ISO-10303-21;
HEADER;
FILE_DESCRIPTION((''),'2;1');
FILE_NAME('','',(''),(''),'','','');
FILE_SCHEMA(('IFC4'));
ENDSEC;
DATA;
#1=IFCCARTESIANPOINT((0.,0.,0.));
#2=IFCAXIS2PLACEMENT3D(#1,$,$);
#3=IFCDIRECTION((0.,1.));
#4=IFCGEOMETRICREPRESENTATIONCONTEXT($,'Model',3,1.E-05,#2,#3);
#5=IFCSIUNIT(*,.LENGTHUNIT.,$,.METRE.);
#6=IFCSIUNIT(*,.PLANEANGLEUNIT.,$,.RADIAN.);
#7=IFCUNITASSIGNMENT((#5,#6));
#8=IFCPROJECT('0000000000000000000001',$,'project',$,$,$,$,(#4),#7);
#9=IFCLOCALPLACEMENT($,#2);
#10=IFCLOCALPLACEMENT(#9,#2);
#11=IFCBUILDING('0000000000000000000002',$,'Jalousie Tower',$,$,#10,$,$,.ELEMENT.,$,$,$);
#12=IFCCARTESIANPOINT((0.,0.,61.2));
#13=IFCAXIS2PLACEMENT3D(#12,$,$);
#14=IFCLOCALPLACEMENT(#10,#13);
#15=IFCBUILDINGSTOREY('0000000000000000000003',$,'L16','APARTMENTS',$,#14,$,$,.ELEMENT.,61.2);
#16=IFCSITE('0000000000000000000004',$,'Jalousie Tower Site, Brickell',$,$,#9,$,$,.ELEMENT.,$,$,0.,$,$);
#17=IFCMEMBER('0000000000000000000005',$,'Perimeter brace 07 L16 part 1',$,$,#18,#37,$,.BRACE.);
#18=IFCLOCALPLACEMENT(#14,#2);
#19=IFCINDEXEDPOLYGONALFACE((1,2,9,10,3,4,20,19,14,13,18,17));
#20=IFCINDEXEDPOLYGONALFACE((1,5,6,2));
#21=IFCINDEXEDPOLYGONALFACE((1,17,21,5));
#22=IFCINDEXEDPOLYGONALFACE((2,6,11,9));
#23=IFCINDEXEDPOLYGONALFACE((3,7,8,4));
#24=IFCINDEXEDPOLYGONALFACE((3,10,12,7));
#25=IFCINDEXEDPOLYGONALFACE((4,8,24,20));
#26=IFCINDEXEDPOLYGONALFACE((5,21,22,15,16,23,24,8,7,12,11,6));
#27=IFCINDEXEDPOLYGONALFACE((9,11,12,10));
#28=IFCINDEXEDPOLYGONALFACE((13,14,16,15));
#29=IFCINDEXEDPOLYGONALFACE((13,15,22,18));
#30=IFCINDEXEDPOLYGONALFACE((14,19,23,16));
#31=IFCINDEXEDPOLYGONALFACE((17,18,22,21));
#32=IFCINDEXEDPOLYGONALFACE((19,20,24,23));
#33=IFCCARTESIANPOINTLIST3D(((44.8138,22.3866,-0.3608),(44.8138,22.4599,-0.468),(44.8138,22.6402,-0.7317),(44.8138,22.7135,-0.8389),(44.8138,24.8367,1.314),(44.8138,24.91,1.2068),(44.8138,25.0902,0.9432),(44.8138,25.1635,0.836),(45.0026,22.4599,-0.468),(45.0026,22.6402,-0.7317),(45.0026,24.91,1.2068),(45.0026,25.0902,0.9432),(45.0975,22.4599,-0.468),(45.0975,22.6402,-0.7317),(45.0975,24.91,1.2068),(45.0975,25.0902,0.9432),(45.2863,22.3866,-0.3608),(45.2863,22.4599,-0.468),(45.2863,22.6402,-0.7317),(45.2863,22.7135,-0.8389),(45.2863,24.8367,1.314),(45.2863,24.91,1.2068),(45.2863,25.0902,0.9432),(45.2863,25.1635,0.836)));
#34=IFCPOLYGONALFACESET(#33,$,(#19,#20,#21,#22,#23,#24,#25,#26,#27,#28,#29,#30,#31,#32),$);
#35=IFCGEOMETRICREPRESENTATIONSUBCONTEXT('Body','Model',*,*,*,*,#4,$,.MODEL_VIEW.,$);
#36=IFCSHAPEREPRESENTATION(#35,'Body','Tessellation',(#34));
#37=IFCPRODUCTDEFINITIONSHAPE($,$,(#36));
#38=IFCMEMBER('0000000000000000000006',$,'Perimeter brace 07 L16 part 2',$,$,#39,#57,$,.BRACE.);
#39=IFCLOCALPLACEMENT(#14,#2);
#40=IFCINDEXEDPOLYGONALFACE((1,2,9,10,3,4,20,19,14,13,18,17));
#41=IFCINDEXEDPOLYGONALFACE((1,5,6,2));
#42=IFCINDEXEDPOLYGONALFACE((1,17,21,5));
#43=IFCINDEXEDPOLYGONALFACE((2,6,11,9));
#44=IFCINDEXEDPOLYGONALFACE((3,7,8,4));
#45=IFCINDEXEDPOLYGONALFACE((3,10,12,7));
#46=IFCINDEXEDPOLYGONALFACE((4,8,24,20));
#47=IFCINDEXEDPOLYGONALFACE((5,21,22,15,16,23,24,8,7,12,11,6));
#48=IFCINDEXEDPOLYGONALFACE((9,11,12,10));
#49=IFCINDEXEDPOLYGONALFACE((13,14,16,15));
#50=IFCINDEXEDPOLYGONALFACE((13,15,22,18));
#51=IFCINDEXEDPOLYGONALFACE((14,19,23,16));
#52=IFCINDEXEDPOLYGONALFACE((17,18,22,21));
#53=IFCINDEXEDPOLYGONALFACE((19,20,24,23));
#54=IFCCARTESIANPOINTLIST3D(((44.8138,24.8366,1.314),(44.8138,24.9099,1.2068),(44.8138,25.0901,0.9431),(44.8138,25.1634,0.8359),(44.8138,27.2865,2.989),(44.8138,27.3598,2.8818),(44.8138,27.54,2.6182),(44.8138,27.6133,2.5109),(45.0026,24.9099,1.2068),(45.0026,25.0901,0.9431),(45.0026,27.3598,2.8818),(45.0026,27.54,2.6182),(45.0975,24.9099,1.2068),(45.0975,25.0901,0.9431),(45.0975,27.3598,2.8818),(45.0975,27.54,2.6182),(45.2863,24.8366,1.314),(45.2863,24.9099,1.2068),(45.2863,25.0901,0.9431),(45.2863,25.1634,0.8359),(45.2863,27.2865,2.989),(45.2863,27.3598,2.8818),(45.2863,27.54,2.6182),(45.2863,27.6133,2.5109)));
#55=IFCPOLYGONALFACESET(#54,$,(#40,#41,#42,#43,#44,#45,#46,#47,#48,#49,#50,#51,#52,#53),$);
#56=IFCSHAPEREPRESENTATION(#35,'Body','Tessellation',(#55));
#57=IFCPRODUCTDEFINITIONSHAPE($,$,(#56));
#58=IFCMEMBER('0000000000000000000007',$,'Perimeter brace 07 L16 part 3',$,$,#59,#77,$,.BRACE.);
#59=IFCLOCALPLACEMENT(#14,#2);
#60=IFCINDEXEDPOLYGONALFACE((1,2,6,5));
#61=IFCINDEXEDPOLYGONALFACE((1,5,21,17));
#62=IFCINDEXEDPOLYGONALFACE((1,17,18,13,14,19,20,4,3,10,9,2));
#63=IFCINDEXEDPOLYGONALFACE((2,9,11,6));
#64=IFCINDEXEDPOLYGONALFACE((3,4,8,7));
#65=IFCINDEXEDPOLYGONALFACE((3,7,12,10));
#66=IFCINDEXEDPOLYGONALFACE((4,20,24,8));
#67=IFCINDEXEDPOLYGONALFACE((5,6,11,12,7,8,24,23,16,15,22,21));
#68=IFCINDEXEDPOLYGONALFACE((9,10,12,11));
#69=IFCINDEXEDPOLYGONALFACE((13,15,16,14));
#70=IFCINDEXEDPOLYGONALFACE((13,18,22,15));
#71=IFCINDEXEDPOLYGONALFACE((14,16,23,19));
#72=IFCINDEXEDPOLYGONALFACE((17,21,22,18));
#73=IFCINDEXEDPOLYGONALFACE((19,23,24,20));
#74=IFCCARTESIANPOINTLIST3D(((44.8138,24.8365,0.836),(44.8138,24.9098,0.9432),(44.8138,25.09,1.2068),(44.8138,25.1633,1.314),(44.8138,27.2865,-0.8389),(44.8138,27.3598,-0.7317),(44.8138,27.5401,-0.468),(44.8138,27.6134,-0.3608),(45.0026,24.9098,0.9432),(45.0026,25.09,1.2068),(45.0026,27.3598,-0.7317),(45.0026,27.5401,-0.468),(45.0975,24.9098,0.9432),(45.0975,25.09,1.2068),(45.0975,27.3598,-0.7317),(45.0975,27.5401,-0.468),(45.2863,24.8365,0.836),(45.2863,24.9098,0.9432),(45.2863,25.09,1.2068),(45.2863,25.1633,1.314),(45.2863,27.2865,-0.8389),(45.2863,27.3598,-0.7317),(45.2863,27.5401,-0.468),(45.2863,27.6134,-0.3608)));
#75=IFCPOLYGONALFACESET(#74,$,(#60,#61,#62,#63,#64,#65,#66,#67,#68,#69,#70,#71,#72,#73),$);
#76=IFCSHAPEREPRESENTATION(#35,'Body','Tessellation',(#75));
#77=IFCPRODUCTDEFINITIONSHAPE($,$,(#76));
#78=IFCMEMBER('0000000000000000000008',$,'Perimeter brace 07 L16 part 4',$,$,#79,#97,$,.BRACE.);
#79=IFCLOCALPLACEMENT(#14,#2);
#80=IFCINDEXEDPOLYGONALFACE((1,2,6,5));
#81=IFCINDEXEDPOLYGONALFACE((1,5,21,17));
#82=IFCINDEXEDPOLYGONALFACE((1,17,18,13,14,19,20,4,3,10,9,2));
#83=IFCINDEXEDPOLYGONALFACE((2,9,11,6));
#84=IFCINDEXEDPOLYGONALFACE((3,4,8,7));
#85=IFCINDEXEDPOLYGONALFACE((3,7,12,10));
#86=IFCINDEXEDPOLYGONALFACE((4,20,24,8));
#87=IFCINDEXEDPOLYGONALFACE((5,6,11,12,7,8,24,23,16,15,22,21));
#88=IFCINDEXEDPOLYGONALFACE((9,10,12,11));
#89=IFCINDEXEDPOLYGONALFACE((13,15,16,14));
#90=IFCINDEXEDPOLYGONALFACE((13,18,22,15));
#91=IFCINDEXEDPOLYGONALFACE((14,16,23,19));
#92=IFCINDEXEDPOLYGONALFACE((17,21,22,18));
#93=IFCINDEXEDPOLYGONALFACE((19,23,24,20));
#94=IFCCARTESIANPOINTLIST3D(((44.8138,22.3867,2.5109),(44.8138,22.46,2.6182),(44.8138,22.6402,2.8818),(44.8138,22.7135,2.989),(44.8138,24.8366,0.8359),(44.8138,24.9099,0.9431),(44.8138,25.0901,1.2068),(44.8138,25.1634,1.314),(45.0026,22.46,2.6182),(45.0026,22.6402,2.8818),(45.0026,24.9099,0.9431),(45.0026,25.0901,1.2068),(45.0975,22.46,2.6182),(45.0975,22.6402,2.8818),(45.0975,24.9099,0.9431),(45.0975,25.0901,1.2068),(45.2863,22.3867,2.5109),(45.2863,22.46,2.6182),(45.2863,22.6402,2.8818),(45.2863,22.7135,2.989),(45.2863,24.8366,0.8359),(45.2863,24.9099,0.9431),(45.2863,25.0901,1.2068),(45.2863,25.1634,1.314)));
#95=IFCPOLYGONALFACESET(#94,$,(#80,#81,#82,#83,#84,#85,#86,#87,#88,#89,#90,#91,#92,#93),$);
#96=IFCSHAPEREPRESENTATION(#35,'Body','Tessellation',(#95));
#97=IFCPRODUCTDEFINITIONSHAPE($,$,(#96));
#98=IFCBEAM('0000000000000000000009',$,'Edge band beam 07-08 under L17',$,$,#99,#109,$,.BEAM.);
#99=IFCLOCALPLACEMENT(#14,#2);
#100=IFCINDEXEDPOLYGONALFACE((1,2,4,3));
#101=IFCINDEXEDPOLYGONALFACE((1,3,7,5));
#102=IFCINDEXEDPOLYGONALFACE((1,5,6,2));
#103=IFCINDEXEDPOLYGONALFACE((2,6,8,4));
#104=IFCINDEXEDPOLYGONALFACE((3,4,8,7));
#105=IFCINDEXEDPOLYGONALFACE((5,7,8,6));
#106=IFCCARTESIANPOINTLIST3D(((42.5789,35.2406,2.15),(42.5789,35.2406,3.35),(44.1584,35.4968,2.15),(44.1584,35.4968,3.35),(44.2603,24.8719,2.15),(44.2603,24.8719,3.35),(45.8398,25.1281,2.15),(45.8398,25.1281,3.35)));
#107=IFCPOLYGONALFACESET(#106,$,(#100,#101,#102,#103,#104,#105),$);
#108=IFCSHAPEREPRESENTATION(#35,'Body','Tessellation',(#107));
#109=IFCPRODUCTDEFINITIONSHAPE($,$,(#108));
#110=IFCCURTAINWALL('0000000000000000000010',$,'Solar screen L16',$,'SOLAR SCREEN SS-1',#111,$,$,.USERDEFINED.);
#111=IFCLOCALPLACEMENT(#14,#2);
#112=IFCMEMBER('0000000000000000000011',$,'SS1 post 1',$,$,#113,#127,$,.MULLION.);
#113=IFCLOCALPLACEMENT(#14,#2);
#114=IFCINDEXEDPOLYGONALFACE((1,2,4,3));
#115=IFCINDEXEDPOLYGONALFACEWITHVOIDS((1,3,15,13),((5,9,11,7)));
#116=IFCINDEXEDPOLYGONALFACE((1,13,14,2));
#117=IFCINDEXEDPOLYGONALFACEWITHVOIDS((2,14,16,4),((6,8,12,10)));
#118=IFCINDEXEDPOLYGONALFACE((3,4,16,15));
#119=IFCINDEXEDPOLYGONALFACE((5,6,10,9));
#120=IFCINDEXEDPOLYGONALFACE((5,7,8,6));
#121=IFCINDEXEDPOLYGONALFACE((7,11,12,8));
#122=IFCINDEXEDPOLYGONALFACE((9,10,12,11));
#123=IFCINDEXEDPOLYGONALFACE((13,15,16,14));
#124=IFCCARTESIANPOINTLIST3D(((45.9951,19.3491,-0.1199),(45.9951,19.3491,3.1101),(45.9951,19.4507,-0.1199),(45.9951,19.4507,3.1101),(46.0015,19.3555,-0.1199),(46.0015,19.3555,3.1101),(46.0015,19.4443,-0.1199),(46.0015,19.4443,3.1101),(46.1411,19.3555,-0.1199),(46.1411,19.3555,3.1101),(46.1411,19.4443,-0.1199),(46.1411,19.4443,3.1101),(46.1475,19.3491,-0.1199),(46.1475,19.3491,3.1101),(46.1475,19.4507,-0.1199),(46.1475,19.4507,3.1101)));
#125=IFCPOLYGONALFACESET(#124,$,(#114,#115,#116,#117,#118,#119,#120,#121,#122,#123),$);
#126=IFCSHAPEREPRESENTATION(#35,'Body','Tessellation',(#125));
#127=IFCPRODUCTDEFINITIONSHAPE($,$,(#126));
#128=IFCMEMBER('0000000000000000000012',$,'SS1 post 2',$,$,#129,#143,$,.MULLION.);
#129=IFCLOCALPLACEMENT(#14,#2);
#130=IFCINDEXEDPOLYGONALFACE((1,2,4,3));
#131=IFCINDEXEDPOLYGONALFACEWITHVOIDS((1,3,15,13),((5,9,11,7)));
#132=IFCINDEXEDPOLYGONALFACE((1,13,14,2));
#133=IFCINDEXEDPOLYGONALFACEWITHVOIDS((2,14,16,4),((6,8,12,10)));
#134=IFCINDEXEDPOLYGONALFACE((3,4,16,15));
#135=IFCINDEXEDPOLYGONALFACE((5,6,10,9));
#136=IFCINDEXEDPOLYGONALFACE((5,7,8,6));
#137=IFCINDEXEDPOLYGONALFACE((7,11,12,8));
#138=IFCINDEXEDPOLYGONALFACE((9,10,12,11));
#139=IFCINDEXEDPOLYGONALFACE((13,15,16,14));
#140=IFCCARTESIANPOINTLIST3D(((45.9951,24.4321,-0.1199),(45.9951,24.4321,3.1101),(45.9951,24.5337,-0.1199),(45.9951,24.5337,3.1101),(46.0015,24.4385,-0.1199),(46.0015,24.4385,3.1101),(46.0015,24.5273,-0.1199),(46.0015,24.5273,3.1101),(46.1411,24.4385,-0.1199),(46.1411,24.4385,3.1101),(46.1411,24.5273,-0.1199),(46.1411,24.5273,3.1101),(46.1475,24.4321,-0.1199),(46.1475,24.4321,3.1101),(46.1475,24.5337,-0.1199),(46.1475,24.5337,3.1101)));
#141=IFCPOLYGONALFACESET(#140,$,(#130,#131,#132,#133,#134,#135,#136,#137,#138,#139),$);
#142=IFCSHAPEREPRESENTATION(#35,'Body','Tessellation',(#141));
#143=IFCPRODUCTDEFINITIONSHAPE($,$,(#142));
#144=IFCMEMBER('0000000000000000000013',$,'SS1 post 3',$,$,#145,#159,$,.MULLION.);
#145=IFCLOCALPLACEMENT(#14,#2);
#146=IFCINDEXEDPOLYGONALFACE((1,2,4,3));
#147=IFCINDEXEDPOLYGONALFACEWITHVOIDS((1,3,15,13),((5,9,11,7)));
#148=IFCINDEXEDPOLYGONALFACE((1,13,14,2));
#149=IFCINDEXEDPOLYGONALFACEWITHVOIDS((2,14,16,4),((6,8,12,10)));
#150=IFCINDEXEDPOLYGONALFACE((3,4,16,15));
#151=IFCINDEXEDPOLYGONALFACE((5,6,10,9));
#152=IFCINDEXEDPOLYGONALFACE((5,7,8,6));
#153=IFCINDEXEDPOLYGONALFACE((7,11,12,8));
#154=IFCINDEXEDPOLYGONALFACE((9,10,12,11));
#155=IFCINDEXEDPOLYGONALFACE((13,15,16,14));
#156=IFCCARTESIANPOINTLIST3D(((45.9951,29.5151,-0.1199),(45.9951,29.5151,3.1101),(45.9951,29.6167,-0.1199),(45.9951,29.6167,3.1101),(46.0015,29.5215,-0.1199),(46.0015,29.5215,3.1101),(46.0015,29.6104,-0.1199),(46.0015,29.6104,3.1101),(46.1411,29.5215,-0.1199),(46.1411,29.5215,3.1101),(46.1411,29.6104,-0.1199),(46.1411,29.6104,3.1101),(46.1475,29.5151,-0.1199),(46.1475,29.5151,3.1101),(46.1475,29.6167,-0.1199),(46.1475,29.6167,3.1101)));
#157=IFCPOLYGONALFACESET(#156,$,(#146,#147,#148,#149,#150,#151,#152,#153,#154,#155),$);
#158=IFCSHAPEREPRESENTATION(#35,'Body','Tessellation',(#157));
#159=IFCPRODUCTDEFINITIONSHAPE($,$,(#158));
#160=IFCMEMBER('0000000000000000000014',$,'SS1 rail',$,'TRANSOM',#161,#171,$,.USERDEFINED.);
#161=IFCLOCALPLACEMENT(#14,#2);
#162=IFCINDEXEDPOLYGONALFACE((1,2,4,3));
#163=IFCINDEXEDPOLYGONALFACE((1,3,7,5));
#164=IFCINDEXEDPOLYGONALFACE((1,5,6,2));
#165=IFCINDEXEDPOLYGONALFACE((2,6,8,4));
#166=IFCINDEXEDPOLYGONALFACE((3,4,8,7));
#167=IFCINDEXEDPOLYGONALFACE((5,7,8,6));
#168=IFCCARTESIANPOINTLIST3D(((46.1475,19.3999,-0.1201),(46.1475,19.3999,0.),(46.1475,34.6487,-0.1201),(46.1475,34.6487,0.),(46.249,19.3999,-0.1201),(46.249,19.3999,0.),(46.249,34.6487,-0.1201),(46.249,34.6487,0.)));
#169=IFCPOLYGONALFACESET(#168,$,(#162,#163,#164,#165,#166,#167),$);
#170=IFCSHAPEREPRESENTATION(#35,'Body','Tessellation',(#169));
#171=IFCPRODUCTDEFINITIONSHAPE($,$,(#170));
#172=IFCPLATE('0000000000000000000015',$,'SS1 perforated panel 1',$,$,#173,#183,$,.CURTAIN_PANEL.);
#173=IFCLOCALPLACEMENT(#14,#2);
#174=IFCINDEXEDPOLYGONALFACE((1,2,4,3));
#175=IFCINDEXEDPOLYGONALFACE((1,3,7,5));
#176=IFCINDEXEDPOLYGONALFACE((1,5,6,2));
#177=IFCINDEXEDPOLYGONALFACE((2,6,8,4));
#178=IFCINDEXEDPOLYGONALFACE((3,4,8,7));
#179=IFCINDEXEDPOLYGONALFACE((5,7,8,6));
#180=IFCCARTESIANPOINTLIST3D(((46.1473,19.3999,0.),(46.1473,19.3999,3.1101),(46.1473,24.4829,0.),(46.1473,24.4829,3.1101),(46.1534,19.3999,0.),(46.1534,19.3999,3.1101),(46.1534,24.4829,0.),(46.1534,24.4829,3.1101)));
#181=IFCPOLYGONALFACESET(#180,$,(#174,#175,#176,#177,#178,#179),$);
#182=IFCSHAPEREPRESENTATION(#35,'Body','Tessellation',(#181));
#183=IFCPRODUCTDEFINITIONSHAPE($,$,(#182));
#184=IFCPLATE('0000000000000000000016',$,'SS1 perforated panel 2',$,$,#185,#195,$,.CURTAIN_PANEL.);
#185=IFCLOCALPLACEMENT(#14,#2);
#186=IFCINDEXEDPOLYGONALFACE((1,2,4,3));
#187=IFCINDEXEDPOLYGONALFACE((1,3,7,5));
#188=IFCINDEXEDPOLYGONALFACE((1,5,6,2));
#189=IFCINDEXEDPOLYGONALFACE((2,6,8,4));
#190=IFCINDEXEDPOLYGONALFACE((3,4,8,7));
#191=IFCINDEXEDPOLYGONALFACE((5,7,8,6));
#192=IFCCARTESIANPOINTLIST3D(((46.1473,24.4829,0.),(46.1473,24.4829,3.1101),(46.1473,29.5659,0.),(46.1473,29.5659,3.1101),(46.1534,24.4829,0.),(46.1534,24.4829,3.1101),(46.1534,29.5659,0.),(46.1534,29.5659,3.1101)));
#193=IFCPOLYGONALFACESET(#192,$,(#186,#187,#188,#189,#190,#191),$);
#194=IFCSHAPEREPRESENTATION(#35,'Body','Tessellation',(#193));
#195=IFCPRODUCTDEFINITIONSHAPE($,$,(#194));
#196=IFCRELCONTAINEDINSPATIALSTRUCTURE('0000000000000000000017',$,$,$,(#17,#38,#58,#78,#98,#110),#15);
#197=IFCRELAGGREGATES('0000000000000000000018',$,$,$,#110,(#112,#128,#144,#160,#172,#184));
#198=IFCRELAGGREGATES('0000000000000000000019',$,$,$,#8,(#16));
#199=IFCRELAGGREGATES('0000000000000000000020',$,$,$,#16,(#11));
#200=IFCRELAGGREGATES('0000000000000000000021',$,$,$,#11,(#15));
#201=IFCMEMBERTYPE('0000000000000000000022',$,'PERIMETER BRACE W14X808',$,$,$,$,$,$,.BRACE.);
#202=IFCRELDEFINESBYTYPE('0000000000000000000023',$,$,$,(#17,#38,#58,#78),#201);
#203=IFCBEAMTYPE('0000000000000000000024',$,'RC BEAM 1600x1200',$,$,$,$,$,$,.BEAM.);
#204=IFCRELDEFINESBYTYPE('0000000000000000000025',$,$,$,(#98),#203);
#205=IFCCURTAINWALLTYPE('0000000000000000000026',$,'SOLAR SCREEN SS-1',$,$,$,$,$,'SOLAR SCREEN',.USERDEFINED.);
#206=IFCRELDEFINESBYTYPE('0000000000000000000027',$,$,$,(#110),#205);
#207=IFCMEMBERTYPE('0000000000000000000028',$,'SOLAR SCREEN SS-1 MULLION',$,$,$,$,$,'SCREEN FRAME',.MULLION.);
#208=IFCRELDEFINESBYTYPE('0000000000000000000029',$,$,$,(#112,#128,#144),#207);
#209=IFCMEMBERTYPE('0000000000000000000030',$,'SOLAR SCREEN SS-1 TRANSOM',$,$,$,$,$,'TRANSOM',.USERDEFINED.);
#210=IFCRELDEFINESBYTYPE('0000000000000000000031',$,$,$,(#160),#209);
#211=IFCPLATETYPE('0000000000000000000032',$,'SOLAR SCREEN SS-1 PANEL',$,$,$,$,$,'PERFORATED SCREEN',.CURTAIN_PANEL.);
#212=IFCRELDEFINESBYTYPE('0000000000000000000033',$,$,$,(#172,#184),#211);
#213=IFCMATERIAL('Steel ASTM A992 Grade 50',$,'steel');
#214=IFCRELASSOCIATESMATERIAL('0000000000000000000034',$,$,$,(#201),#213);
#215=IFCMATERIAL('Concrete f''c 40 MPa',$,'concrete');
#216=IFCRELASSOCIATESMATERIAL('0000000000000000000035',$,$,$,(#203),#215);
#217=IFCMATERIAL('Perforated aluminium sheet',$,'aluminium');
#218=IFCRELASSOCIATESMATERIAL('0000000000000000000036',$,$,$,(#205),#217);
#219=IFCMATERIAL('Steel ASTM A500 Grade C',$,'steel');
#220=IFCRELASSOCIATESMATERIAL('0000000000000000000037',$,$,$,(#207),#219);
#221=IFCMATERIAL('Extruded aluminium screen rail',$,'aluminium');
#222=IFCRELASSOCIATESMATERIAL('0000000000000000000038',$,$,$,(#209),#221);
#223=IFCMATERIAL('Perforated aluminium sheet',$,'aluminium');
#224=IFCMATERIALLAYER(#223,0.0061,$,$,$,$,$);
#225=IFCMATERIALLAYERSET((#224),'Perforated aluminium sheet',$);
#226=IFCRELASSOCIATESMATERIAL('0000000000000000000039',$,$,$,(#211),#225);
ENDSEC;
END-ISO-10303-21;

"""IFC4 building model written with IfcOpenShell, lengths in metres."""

from ifc_helpers import new_model, si_unit, direction, frame, origin, origin_2d, place, context, subcontext, project, spatial, rectangle, hollow_rectangle, i_section, extrude, material, layer, layer_set, material_profile, profile_set, type_object, element, aggregate, save


model = new_model("IFC4")

# Units and contexts
model_context = context("Model", 3, precision=1e-05, world=origin(), true_north=direction((0.0, 1.0)))
body_context = subcontext(model_context, "Body", "Model", "MODEL_VIEW")
ifc_project = project(units=[si_unit("LENGTHUNIT", "METRE"), si_unit("PLANEANGLEUNIT", "RADIAN")], contexts=[model_context])

# Site, building, storey
site_placement = place(None, origin())
site = spatial("IfcSite", under=ifc_project, at=site_placement, Name="Jalousie Tower Site, Brickell", CompositionType="ELEMENT", RefElevation=0.0)
building_placement = place(site_placement, origin())
building = spatial("IfcBuilding", under=site, at=building_placement, Name="Jalousie Tower", CompositionType="ELEMENT")
storey_placement = place(building_placement, frame((0.0, 0.0, 61.2)))
storey = spatial("IfcBuildingStorey", under=building, at=storey_placement, Name="L16", Description="APARTMENTS", CompositionType="ELEMENT", Elevation=61.2)

# Members
ifc_material_1 = material(Name="Steel ASTM A992 Grade 50", Category="steel")
ifc_material_profile_1 = material_profile(ifc_material_1, i_section(OverallWidth=0.4724, OverallDepth=0.5791, WebThickness=0.095, FlangeThickness=0.1299, at=origin_2d()), Name="W14X808")
ifc_profile_set_1 = profile_set([ifc_material_profile_1], Name="Steel ASTM A992 Grade 50")
member_type_1 = type_object("IfcMemberType", Name="PERIMETER BRACE W14X808", PredefinedType="BRACE", material=ifc_profile_set_1)
for number, where, z_axis, x_axis, name in (
    (1, (45.05, 22.55, -0.5999), (0.0, 0.825539, 0.564345), (-1.0, 0.0, 0.0), "Perimeter brace 07 L16 part 1"),
    (2, (45.05, 25.0, 1.075), (0.0, 0.825501, 0.564401), (-1.0, 0.0, 0.0), "Perimeter brace 07 L16 part 2"),
    (3, (45.05, 27.45, -0.5999), (0.0, -0.825539, 0.564345), (1.0, 0.0, 0.0), "Perimeter brace 07 L16 part 3"),
    (4, (45.05, 25.0, 1.075), (0.0, -0.825501, 0.564401), (1.0, 0.0, 0.0), "Perimeter brace 07 L16 part 4"),
):
    element("IfcMember", number, at=place(storey_placement, frame(where, z_axis=z_axis, x_axis=x_axis)), inside=storey, type_object=member_type_1, Name=name, PredefinedType="BRACE", context=body_context, shape_type="SweptSolid", body=[
        extrude(i_section(OverallWidth=0.4724, OverallDepth=0.5791, WebThickness=0.095, FlangeThickness=0.1299, at=origin_2d()), origin(), (0.0, 0.0, 1.0), 2.9678),
    ])

# Beam
ifc_material_2 = material(Name="Concrete f'c 40 MPa", Category="concrete")
ifc_material_profile_2 = material_profile(ifc_material_2, rectangle(XDim=1.6001, YDim=1.2, at=origin_2d()), Name="RC 1600x1200")
ifc_profile_set_2 = profile_set([ifc_material_profile_2], Name="Concrete f'c 40 MPa")
beam_type = type_object("IfcBeamType", Name="RC BEAM 1600x1200", PredefinedType="BEAM", material=ifc_profile_set_2)
beam_placement = place(storey_placement, frame((45.05, 25.0, 2.75), z_axis=(-0.160071, 0.987106, 0.0), x_axis=(-0.987106, -0.160071, 0.0)))
element("IfcBeam", 5, at=beam_placement, inside=storey, type_object=beam_type, Name="Edge band beam 07-08 under L17", PredefinedType="BEAM", context=body_context, shape_type="SweptSolid", body=[
    extrude(rectangle(XDim=1.6001, YDim=1.2, at=origin_2d()), origin(), (0.0, 0.0, 1.0), 10.5042),
])

# Curtain wall, members, plates
ifc_material_3 = material(Name="Perforated aluminium sheet", Category="aluminium")
curtain_wall_type = type_object("IfcCurtainWallType", Name="SOLAR SCREEN SS-1", ElementType="SOLAR SCREEN", PredefinedType="USERDEFINED", material=ifc_material_3)
curtain_wall_placement = place(storey_placement, origin())
curtain_wall = element("IfcCurtainWall", 6, at=curtain_wall_placement, inside=storey, type_object=curtain_wall_type, Name="Solar screen L16", ObjectType="SOLAR SCREEN SS-1", PredefinedType="USERDEFINED")
ifc_material_4 = material(Name="Steel ASTM A500 Grade C", Category="steel")
ifc_material_profile_3 = material_profile(ifc_material_4, hollow_rectangle(XDim=0.1016, YDim=0.1523, WallThickness=0.0063, at=origin_2d()), Name="HSS6X4X1/4")
ifc_profile_set_3 = profile_set([ifc_material_profile_3], Name="Steel ASTM A500 Grade C")
member_type_2 = type_object("IfcMemberType", Name="SOLAR SCREEN SS-1 MULLION", ElementType="SCREEN FRAME", PredefinedType="MULLION", material=ifc_profile_set_3)
member_1_placement = place(storey_placement, frame((46.0713, 19.3999, -0.1199), z_axis=(0.0, 0.0, 1.0), x_axis=(0.0, 1.0, 0.0)))
member_1 = element("IfcMember", 7, at=member_1_placement, type_object=member_type_2, Name="SS1 post 1", PredefinedType="MULLION", context=body_context, shape_type="SweptSolid", body=[
    extrude(hollow_rectangle(XDim=0.1016, YDim=0.1523, WallThickness=0.0063, at=origin_2d()), origin(), (0.0, 0.0, 1.0), 3.23),
])
member_2_placement = place(storey_placement, frame((46.0713, 24.4829, -0.1199), z_axis=(0.0, 0.0, 1.0), x_axis=(0.0, 1.0, 0.0)))
member_2 = element("IfcMember", 8, at=member_2_placement, type_object=member_type_2, Name="SS1 post 2", PredefinedType="MULLION", context=body_context, shape_type="SweptSolid", body=[
    extrude(hollow_rectangle(XDim=0.1016, YDim=0.1523, WallThickness=0.0063, at=origin_2d()), origin(), (0.0, 0.0, 1.0), 3.23),
])
member_3_placement = place(storey_placement, frame((46.0713, 29.5659, -0.1199), z_axis=(0.0, 0.0, 1.0), x_axis=(0.0, 1.0, 0.0)))
member_3 = element("IfcMember", 9, at=member_3_placement, type_object=member_type_2, Name="SS1 post 3", PredefinedType="MULLION", context=body_context, shape_type="SweptSolid", body=[
    extrude(hollow_rectangle(XDim=0.1016, YDim=0.1523, WallThickness=0.0063, at=origin_2d()), origin(), (0.0, 0.0, 1.0), 3.23),
])
ifc_material_5 = material(Name="Extruded aluminium screen rail", Category="aluminium")
ifc_material_profile_4 = material_profile(ifc_material_5, rectangle(XDim=0.1016, YDim=0.1201, at=origin_2d()), Name="RAIL 102x120")
ifc_profile_set_4 = profile_set([ifc_material_profile_4], Name="Extruded aluminium screen rail")
member_type_3 = type_object("IfcMemberType", Name="SOLAR SCREEN SS-1 TRANSOM", ElementType="TRANSOM", PredefinedType="USERDEFINED", material=ifc_profile_set_4)
member_4_placement = place(storey_placement, frame((46.1982, 19.3999, -0.0601), z_axis=(0.0, 1.0, 0.0), x_axis=(-1.0, 0.0, 0.0)))
member_4 = element("IfcMember", 10, at=member_4_placement, type_object=member_type_3, Name="SS1 rail", ObjectType="TRANSOM", PredefinedType="USERDEFINED", context=body_context, shape_type="SweptSolid", body=[
    extrude(rectangle(XDim=0.1016, YDim=0.1201, at=origin_2d()), origin(), (0.0, 0.0, 1.0), 15.2488),
])
ifc_material_6 = material(Name="Perforated aluminium sheet", Category="aluminium")
ifc_layer_1 = layer(ifc_material_6, 0.0061)
ifc_layer_set_1 = layer_set([ifc_layer_1], Name="Perforated aluminium sheet")
plate_type = type_object("IfcPlateType", Name="SOLAR SCREEN SS-1 PANEL", ElementType="PERFORATED SCREEN", PredefinedType="CURTAIN_PANEL", material=ifc_layer_set_1)
plate_1_placement = place(storey_placement, frame((46.1504, 21.9414, 0.0), z_axis=(0.0, 0.0, 1.0), x_axis=(0.0, 1.0, 0.0)))
plate_1 = element("IfcPlate", 11, at=plate_1_placement, type_object=plate_type, Name="SS1 perforated panel 1", PredefinedType="CURTAIN_PANEL", context=body_context, shape_type="SweptSolid", body=[
    extrude(rectangle(XDim=5.083, YDim=0.0061, at=origin_2d()), origin(), (0.0, 0.0, 1.0), 3.1101),
])
plate_2_placement = place(storey_placement, frame((46.1504, 27.0244, 0.0), z_axis=(0.0, 0.0, 1.0), x_axis=(0.0, 1.0, 0.0)))
plate_2 = element("IfcPlate", 12, at=plate_2_placement, type_object=plate_type, Name="SS1 perforated panel 2", PredefinedType="CURTAIN_PANEL", context=body_context, shape_type="SweptSolid", body=[
    extrude(rectangle(XDim=5.083, YDim=0.0061, at=origin_2d()), origin(), (0.0, 0.0, 1.0), 3.1101),
])
aggregate(curtain_wall, [member_1, member_2, member_3, member_4, plate_1, plate_2])

save(model, "model.ifc")
